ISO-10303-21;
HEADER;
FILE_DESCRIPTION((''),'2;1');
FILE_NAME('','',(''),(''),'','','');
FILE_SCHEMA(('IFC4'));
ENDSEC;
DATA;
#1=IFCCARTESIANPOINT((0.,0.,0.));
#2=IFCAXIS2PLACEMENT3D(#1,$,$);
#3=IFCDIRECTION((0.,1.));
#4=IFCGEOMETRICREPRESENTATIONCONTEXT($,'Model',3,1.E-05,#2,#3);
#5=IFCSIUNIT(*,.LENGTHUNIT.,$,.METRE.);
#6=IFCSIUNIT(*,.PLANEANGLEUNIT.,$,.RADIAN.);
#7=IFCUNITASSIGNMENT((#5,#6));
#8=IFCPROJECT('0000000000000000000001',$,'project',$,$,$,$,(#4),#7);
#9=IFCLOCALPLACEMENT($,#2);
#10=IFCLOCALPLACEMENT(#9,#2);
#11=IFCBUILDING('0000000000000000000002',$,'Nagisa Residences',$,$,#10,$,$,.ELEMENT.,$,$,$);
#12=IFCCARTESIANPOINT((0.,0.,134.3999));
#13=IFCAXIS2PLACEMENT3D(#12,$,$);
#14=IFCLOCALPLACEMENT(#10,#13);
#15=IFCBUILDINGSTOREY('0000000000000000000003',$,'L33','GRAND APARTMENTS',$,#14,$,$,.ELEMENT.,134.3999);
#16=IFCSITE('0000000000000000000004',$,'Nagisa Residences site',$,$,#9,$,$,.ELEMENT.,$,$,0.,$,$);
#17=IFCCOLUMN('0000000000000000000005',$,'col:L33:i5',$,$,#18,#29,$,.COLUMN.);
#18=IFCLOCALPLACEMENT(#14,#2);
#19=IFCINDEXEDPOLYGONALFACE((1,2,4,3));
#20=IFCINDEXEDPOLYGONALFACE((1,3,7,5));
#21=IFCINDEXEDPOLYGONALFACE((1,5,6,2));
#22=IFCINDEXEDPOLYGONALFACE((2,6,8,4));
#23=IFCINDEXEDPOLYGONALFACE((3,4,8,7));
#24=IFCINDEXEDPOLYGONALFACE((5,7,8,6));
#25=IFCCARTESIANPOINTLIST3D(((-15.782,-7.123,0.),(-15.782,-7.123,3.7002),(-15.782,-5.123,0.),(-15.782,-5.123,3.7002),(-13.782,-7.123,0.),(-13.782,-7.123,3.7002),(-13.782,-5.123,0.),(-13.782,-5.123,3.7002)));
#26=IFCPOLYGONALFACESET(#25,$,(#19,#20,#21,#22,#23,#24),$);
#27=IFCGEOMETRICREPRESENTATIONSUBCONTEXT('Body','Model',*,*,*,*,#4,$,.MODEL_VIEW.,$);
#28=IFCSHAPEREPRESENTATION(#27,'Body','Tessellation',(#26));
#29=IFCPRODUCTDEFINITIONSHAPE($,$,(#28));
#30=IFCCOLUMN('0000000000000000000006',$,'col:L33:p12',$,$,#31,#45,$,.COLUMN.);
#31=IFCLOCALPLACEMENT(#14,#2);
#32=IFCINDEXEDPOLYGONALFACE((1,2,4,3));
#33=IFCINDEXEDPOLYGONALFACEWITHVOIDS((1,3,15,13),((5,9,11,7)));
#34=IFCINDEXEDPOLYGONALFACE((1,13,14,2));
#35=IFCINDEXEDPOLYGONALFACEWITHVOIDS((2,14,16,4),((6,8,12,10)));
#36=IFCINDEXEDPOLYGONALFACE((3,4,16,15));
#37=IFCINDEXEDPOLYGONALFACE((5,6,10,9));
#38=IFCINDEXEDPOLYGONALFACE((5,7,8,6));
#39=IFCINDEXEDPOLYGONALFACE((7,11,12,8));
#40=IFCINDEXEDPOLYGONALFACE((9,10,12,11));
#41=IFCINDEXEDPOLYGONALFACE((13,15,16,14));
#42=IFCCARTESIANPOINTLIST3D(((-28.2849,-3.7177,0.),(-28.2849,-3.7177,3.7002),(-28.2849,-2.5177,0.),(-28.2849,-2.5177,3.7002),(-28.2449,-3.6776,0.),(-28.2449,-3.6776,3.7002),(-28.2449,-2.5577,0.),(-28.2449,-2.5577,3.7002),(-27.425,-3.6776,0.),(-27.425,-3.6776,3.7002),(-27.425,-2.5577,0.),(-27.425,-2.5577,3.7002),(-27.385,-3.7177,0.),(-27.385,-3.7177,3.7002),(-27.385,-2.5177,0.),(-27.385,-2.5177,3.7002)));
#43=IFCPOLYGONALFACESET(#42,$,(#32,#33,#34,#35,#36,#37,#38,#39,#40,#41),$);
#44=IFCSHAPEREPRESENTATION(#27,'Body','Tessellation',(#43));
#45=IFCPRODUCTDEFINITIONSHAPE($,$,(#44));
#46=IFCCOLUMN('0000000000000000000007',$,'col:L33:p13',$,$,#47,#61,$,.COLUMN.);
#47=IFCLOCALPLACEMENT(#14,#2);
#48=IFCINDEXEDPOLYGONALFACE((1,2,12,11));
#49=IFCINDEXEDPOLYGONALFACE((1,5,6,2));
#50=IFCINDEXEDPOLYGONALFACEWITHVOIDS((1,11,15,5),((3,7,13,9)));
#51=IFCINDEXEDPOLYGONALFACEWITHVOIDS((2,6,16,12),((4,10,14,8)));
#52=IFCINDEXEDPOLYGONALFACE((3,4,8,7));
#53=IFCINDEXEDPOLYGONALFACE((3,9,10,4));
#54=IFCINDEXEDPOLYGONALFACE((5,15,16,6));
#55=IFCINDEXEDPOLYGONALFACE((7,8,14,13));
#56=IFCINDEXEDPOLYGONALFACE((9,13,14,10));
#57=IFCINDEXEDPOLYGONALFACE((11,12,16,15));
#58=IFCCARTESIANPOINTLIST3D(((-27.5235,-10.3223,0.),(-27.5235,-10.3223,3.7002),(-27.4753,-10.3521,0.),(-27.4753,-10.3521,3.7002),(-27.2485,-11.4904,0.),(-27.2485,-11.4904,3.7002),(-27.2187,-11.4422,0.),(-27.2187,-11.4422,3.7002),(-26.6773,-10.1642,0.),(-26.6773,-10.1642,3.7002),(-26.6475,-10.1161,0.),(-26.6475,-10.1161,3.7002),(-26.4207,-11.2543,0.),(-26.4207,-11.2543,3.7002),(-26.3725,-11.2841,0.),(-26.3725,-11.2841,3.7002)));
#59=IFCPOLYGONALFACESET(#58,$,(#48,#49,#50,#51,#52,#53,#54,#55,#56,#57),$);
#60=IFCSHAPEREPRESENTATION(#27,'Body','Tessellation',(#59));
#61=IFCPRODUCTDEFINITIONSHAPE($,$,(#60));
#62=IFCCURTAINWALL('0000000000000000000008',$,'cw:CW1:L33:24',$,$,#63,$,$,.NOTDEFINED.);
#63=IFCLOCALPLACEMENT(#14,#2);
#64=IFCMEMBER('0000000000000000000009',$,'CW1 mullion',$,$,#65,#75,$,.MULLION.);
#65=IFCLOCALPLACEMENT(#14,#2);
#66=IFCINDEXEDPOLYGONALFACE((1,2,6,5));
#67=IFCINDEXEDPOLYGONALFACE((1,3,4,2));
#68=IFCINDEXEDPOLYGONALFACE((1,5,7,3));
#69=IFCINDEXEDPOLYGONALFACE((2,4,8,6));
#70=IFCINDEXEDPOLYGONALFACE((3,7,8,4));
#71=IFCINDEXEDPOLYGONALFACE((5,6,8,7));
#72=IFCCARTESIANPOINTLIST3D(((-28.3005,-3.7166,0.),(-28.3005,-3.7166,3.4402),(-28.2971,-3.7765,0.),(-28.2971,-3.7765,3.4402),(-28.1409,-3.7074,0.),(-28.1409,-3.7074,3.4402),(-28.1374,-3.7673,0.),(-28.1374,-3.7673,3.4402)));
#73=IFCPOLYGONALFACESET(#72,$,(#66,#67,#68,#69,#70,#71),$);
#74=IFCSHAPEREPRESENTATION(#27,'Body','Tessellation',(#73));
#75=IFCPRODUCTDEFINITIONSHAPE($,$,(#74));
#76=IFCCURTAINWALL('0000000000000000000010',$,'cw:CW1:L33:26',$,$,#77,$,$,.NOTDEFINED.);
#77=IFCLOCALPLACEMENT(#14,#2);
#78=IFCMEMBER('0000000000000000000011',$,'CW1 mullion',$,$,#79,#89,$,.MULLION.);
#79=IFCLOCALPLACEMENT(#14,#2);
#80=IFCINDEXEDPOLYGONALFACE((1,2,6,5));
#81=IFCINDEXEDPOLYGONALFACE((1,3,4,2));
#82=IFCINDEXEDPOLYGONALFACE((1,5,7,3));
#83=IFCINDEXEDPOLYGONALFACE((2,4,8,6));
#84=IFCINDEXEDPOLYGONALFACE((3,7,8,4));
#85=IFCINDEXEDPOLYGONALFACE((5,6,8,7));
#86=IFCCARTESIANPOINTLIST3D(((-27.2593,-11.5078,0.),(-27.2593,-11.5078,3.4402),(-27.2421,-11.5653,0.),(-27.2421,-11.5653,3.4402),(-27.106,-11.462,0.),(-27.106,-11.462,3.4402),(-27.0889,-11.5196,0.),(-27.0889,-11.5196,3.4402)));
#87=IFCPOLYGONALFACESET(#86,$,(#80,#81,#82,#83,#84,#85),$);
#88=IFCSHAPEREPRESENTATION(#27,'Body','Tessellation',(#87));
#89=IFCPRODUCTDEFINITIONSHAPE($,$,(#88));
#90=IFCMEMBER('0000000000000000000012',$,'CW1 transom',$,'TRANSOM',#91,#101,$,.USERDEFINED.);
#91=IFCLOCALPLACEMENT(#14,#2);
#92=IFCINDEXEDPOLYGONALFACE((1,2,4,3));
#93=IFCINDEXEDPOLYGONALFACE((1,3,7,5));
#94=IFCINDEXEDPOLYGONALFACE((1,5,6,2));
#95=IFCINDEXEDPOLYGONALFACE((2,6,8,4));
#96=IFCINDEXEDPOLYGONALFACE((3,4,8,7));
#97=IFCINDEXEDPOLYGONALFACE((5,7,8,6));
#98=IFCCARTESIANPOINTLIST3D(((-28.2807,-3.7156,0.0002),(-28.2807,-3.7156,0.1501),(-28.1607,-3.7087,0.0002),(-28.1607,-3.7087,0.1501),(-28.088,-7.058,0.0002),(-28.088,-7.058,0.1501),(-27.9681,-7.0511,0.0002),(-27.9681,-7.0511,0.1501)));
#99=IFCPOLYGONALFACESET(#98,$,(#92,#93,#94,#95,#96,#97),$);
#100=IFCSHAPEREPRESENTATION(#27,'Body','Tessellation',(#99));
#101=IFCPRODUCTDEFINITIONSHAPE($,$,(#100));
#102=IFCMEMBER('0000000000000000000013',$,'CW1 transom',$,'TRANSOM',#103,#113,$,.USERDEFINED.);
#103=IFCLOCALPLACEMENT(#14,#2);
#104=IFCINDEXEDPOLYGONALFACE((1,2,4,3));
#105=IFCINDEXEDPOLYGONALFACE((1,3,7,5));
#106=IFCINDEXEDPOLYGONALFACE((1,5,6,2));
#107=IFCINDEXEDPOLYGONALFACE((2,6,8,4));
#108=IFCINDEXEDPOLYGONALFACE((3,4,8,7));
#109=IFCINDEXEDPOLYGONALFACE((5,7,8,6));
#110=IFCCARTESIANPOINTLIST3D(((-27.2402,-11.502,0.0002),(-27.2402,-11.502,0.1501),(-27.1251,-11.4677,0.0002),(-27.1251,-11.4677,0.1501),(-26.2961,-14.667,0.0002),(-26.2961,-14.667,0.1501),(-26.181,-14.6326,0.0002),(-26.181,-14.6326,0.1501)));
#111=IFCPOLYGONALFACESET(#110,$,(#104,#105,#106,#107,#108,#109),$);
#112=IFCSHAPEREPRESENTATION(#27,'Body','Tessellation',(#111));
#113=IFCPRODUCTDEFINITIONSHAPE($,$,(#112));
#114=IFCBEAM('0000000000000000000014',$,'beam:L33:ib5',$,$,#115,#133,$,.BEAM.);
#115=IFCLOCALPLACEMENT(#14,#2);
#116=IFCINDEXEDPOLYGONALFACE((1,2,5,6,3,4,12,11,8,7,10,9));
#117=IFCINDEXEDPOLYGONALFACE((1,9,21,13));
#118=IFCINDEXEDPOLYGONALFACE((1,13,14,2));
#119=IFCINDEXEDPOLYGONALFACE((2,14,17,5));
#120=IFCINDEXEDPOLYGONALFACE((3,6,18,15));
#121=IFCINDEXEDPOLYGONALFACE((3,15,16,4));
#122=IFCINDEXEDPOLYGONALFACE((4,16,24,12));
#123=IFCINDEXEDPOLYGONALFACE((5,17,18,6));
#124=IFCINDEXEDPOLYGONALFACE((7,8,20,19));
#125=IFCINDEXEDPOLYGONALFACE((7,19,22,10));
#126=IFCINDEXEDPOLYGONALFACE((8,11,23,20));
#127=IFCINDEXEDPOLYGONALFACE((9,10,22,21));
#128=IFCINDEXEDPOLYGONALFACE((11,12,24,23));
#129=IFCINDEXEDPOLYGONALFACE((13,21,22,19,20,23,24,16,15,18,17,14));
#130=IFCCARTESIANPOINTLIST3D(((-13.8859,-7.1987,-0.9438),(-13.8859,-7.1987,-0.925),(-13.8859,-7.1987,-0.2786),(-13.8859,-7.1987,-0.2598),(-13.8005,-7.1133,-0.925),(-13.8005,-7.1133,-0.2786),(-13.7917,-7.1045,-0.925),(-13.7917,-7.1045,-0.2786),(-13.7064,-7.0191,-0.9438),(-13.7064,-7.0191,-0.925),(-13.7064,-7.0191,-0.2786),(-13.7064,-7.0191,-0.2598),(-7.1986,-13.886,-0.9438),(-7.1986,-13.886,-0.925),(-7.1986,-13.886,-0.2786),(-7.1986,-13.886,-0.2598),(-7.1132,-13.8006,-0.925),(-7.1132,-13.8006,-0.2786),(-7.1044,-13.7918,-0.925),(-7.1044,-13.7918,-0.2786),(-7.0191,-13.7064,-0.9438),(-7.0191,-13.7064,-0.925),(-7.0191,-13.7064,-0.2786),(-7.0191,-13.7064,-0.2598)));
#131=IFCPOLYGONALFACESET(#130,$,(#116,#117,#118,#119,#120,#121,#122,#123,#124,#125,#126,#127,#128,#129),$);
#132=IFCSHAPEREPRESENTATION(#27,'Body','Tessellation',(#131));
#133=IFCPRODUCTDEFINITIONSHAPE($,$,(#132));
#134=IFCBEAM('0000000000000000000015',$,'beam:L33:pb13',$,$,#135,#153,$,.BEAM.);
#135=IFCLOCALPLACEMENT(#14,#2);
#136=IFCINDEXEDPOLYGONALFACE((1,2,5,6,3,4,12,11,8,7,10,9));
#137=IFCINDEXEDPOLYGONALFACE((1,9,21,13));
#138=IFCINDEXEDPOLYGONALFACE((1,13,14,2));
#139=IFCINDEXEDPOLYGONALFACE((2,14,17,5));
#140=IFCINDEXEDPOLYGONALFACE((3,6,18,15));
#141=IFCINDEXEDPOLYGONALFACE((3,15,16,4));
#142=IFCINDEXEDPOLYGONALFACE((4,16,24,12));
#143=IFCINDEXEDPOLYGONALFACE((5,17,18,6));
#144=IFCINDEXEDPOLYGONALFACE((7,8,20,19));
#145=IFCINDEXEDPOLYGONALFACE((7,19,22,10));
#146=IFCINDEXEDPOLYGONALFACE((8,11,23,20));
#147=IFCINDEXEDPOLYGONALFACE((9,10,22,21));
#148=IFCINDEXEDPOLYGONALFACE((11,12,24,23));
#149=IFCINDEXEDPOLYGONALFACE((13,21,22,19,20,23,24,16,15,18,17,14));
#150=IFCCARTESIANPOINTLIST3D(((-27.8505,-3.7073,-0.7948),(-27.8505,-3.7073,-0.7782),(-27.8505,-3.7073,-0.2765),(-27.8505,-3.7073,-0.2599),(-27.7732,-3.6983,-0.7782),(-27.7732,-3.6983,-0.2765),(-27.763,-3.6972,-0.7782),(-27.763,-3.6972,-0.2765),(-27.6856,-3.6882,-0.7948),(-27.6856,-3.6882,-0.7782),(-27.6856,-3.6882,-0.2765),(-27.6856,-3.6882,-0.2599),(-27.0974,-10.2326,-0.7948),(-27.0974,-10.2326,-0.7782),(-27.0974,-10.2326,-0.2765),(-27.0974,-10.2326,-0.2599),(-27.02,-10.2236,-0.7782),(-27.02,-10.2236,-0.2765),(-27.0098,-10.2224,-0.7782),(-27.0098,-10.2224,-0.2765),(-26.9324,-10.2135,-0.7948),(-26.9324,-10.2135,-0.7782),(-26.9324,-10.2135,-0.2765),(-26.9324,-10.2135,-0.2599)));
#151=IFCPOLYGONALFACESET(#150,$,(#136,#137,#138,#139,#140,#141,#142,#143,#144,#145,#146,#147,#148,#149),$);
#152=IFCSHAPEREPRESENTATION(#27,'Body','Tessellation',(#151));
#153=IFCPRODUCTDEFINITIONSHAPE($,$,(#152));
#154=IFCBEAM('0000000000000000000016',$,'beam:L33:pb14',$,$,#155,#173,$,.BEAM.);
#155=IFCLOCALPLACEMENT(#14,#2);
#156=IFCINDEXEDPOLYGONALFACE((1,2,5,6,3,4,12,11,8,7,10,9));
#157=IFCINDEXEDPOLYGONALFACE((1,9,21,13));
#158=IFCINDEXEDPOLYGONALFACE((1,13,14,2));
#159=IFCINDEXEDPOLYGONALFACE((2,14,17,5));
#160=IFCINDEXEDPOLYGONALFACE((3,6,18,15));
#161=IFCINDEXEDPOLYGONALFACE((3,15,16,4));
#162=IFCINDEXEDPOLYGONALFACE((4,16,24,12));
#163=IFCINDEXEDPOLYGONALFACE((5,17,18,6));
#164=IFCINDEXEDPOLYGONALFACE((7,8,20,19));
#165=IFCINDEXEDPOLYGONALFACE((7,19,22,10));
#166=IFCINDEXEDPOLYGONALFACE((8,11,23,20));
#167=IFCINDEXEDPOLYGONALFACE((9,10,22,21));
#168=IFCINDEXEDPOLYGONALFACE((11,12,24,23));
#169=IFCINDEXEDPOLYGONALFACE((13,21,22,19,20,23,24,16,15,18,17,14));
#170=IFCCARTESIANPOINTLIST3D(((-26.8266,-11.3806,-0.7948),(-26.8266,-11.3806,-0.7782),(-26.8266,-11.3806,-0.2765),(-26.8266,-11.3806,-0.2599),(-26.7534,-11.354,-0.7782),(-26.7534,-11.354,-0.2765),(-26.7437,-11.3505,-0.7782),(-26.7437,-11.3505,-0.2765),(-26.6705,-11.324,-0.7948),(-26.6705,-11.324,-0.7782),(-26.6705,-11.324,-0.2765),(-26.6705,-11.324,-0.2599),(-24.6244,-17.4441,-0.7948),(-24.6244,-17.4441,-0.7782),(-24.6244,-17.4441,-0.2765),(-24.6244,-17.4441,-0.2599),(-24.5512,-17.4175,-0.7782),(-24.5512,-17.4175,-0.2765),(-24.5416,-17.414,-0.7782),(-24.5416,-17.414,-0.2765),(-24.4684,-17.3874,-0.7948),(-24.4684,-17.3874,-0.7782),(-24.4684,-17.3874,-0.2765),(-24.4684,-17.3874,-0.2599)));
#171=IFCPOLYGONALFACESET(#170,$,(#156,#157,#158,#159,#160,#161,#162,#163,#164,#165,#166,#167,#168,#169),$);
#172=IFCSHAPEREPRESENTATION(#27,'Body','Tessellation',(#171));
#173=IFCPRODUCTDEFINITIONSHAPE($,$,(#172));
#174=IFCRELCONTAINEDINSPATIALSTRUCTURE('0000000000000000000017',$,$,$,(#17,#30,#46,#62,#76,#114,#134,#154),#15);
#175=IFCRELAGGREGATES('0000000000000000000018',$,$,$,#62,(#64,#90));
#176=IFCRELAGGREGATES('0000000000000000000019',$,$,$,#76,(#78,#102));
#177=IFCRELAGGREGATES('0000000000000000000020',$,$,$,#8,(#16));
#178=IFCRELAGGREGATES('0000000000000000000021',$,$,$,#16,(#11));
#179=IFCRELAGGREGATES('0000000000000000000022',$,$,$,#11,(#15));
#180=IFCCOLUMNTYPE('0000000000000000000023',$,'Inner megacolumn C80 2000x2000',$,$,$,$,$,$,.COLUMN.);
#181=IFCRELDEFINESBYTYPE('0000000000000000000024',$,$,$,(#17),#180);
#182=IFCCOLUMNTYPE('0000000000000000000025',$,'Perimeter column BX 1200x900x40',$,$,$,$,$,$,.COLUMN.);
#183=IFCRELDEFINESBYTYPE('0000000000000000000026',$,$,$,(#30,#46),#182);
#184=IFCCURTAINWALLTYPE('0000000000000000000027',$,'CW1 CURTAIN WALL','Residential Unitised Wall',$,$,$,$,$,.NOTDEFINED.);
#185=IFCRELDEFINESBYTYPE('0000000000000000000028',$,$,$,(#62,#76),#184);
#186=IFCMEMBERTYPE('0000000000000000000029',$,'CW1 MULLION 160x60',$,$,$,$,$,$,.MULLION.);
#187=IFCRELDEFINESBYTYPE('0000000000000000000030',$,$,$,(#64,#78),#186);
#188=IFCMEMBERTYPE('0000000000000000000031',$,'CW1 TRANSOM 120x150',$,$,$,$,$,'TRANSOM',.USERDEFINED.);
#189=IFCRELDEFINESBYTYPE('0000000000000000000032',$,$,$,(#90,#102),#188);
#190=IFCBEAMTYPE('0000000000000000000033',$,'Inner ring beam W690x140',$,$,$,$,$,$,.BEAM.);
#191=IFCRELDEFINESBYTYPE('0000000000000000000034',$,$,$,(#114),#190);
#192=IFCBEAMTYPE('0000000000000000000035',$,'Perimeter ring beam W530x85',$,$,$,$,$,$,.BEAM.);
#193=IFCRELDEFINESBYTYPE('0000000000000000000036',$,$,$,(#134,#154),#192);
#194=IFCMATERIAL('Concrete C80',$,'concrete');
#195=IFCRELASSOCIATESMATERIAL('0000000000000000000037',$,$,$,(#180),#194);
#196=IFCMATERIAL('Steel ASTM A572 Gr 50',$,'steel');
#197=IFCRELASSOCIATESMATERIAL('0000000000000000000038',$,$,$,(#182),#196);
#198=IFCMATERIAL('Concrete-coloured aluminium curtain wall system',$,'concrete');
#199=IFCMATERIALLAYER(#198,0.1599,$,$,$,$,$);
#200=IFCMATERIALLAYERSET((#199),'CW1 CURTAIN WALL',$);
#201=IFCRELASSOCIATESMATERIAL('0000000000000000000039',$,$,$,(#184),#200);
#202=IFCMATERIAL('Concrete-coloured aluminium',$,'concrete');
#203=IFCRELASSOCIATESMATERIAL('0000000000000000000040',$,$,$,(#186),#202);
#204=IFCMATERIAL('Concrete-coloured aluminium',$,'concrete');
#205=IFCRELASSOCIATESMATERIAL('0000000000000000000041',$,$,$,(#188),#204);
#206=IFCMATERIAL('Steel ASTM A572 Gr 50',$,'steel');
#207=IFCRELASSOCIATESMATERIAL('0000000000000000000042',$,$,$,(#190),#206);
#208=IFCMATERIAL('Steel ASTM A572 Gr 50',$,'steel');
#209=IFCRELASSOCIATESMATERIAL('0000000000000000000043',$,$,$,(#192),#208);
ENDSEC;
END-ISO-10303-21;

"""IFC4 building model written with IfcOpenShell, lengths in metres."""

from ifc_helpers import new_model, si_unit, direction, frame, origin, origin_2d, place, context, subcontext, project, spatial, rectangle, hollow_rectangle, i_section, extrude, material, layer, layer_set, material_profile, profile_set, type_object, element, aggregate, save


model = new_model("IFC4")

# Units and contexts
model_context = context("Model", 3, precision=1e-05, world=origin(), true_north=direction((0.0, 1.0)))
body_context = subcontext(model_context, "Body", "Model", "MODEL_VIEW")
ifc_project = project(units=[si_unit("LENGTHUNIT", "METRE"), si_unit("PLANEANGLEUNIT", "RADIAN")], contexts=[model_context])

# Site, building, storey
site_placement = place(None, origin())
site = spatial("IfcSite", under=ifc_project, at=site_placement, Name="Nagisa Residences site", CompositionType="ELEMENT", RefElevation=0.0)
building_placement = place(site_placement, origin())
building = spatial("IfcBuilding", under=site, at=building_placement, Name="Nagisa Residences", CompositionType="ELEMENT")
storey_placement = place(building_placement, frame((0.0, 0.0, 134.3999)))
storey = spatial("IfcBuildingStorey", under=building, at=storey_placement, Name="L33", Description="GRAND APARTMENTS", CompositionType="ELEMENT", Elevation=134.3999)

# Columns
ifc_material_1 = material(Name="Concrete C80", Category="concrete")
ifc_material_profile_1 = material_profile(ifc_material_1, rectangle(XDim=2.0, YDim=2.0, at=origin_2d()), Name="C80 2000x2000")
ifc_profile_set_1 = profile_set([ifc_material_profile_1], Name="Concrete C80")
column_type_1 = type_object("IfcColumnType", Name="Inner megacolumn C80 2000x2000", PredefinedType="COLUMN", material=ifc_profile_set_1)
column_placement = place(storey_placement, frame((-14.782, -6.123, 0.0), z_axis=(0.0, 0.0, 1.0), x_axis=(1.0, 0.0, 0.0)))
element("IfcColumn", 1, at=column_placement, inside=storey, type_object=column_type_1, Name="col:L33:i5", PredefinedType="COLUMN", context=body_context, shape_type="SweptSolid", body=[
    extrude(rectangle(XDim=2.0, YDim=2.0, at=origin_2d()), origin(), (0.0, 0.0, 1.0), 3.7002),
])
ifc_material_2 = material(Name="Steel ASTM A572 Gr 50", Category="steel")
ifc_material_profile_2 = material_profile(ifc_material_2, hollow_rectangle(XDim=1.2, YDim=0.8999, WallThickness=0.04, at=origin_2d()), Name="BX 1200x900x40")
ifc_profile_set_2 = profile_set([ifc_material_profile_2], Name="Steel ASTM A572 Gr 50")
column_type_2 = type_object("IfcColumnType", Name="Perimeter column BX 1200x900x40", PredefinedType="COLUMN", material=ifc_profile_set_2)
for number, where, z_axis, x_axis, name in (
    (2, (-27.835, -3.1177, 0.0), (0.0, 0.0, 1.0), (0.0, -1.0, 0.0), "col:L33:p12"),
    (3, (-26.948, -10.8032, 0.0), (0.0, 0.0, 1.0), (0.229202, -0.973379, 0.0), "col:L33:p13"),
):
    element("IfcColumn", number, at=place(storey_placement, frame(where, z_axis=z_axis, x_axis=x_axis)), inside=storey, type_object=column_type_2, Name=name, PredefinedType="COLUMN", context=body_context, shape_type="SweptSolid", body=[
        extrude(hollow_rectangle(XDim=1.2, YDim=0.8999, WallThickness=0.04, at=origin_2d()), origin(), (0.0, 0.0, 1.0), 3.7002),
    ])

# Curtain walls, members
ifc_material_3 = material(Name="Concrete-coloured aluminium curtain wall system", Category="concrete")
ifc_layer_1 = layer(ifc_material_3, 0.1599)
ifc_layer_set_1 = layer_set([ifc_layer_1], Name="CW1 CURTAIN WALL")
curtain_wall_type = type_object("IfcCurtainWallType", Name="CW1 CURTAIN WALL", Description="Residential Unitised Wall", PredefinedType="NOTDEFINED", material=ifc_layer_set_1)
curtain_wall_1_placement = place(storey_placement, origin())
curtain_wall_1 = element("IfcCurtainWall", 4, at=curtain_wall_1_placement, inside=storey, type_object=curtain_wall_type, Name="cw:CW1:L33:24", PredefinedType="NOTDEFINED")
ifc_material_4 = material(Name="Concrete-coloured aluminium", Category="concrete")
ifc_material_profile_3 = material_profile(ifc_material_4, rectangle(XDim=0.1599, YDim=0.0601, at=origin_2d()), Name="CW1 MULLION 160x60")
ifc_profile_set_3 = profile_set([ifc_material_profile_3], Name="Concrete-coloured aluminium")
member_type_1 = type_object("IfcMemberType", Name="CW1 MULLION 160x60", PredefinedType="MULLION", material=ifc_profile_set_3)
member_1_placement = place(storey_placement, frame((-28.219, -3.7419, 0.0), z_axis=(0.0, 0.0, 1.0), x_axis=(0.998345, 0.057503, 0.0)))
member_1 = element("IfcMember", 5, at=member_1_placement, type_object=member_type_1, Name="CW1 mullion", PredefinedType="MULLION", context=body_context, shape_type="SweptSolid", body=[
    extrude(rectangle(XDim=0.1599, YDim=0.0601, at=origin_2d()), origin(), (0.0, 0.0, 1.0), 3.4402),
])
curtain_wall_2_placement = place(storey_placement, origin())
curtain_wall_2 = element("IfcCurtainWall", 6, at=curtain_wall_2_placement, inside=storey, type_object=curtain_wall_type, Name="cw:CW1:L33:26", PredefinedType="NOTDEFINED")
member_2_placement = place(storey_placement, frame((-27.1741, -11.5137, 0.0), z_axis=(0.0, 0.0, 1.0), x_axis=(0.958271, 0.28586, 0.0)))
member_2 = element("IfcMember", 7, at=member_2_placement, type_object=member_type_1, Name="CW1 mullion", PredefinedType="MULLION", context=body_context, shape_type="SweptSolid", body=[
    extrude(rectangle(XDim=0.1599, YDim=0.0601, at=origin_2d()), origin(), (0.0, 0.0, 1.0), 3.4402),
])

# Members
ifc_material_5 = material(Name="Concrete-coloured aluminium", Category="concrete")
ifc_material_profile_4 = material_profile(ifc_material_5, rectangle(XDim=0.1201, YDim=0.1499, at=origin_2d()), Name="CW1 TRANSOM 120x150")
ifc_profile_set_4 = profile_set([ifc_material_profile_4], Name="Concrete-coloured aluminium")
member_type_2 = type_object("IfcMemberType", Name="CW1 TRANSOM 120x150", ElementType="TRANSOM", PredefinedType="USERDEFINED", material=ifc_profile_set_4)
member_3_placement = place(storey_placement, frame((-28.2207, -3.7122, 0.0752), z_axis=(0.057538, -0.998343, 0.0), x_axis=(0.998343, 0.057538, 0.0)))
member_3 = element("IfcMember", 8, at=member_3_placement, type_object=member_type_2, Name="CW1 transom", ObjectType="TRANSOM", PredefinedType="USERDEFINED", context=body_context, shape_type="SweptSolid", body=[
    extrude(rectangle(XDim=0.1201, YDim=0.1499, at=origin_2d()), origin(), (0.0, 0.0, 1.0), 3.3479),
])
member_4_placement = place(storey_placement, frame((-27.1826, -11.4849, 0.0752), z_axis=(0.285842, -0.958277, 0.0), x_axis=(0.958277, 0.285842, 0.0)))
member_4 = element("IfcMember", 9, at=member_4_placement, type_object=member_type_2, Name="CW1 transom", ObjectType="TRANSOM", PredefinedType="USERDEFINED", context=body_context, shape_type="SweptSolid", body=[
    extrude(rectangle(XDim=0.1201, YDim=0.1499, at=origin_2d()), origin(), (0.0, 0.0, 1.0), 3.3027),
])

# Beams
ifc_material_6 = material(Name="Steel ASTM A572 Gr 50", Category="steel")
ifc_material_profile_5 = material_profile(ifc_material_6, i_section(OverallWidth=0.2539, OverallDepth=0.6841, WebThickness=0.0125, FlangeThickness=0.0188, at=origin_2d()), Name="W690x140")
ifc_profile_set_5 = profile_set([ifc_material_profile_5], Name="Steel ASTM A572 Gr 50")
beam_type_1 = type_object("IfcBeamType", Name="Inner ring beam W690x140", PredefinedType="BEAM", material=ifc_profile_set_5)
beam_1_placement = place(storey_placement, frame((-13.7961, -7.1089, -0.6018), z_axis=(0.707107, -0.707107, 0.0), x_axis=(0.707107, 0.707107, 0.0)))
element("IfcBeam", 10, at=beam_1_placement, inside=storey, type_object=beam_type_1, Name="beam:L33:ib5", PredefinedType="BEAM", context=body_context, shape_type="SweptSolid", body=[
    extrude(i_section(OverallWidth=0.2539, OverallDepth=0.6841, WebThickness=0.0125, FlangeThickness=0.0188, at=origin_2d()), origin(), (0.0, 0.0, 1.0), 9.4573),
])
ifc_material_7 = material(Name="Steel ASTM A572 Gr 50", Category="steel")
ifc_material_profile_6 = material_profile(ifc_material_7, i_section(OverallWidth=0.166, OverallDepth=0.5349, WebThickness=0.0103, FlangeThickness=0.0166, at=origin_2d()), Name="W530x85")
ifc_profile_set_6 = profile_set([ifc_material_profile_6], Name="Steel ASTM A572 Gr 50")
beam_type_2 = type_object("IfcBeamType", Name="Perimeter ring beam W530x85", PredefinedType="BEAM", material=ifc_profile_set_6)
beam_2_placement = place(storey_placement, frame((-27.7681, -3.6978, -0.5273), z_axis=(0.114661, -0.993405, 0.0), x_axis=(0.993405, 0.114661, 0.0)))
element("IfcBeam", 11, at=beam_2_placement, inside=storey, type_object=beam_type_2, Name="beam:L33:pb13", PredefinedType="BEAM", context=body_context, shape_type="SweptSolid", body=[
    extrude(i_section(OverallWidth=0.166, OverallDepth=0.5349, WebThickness=0.0103, FlangeThickness=0.0166, at=origin_2d()), origin(), (0.0, 0.0, 1.0), 6.5686),
])
beam_3_placement = place(storey_placement, frame((-26.7485, -11.3523, -0.5273), z_axis=(0.341366, -0.93993, 0.0), x_axis=(0.93993, 0.341366, 0.0)))
element("IfcBeam", 12, at=beam_3_placement, inside=storey, type_object=beam_type_2, Name="beam:L33:pb14", PredefinedType="BEAM", context=body_context, shape_type="SweptSolid", body=[
    extrude(i_section(OverallWidth=0.166, OverallDepth=0.5349, WebThickness=0.0103, FlangeThickness=0.0166, at=origin_2d()), origin(), (0.0, 0.0, 1.0), 6.4509),
])

aggregate(curtain_wall_1, [member_1, member_3])
aggregate(curtain_wall_2, [member_2, member_4])

save(model, "model.ifc")
